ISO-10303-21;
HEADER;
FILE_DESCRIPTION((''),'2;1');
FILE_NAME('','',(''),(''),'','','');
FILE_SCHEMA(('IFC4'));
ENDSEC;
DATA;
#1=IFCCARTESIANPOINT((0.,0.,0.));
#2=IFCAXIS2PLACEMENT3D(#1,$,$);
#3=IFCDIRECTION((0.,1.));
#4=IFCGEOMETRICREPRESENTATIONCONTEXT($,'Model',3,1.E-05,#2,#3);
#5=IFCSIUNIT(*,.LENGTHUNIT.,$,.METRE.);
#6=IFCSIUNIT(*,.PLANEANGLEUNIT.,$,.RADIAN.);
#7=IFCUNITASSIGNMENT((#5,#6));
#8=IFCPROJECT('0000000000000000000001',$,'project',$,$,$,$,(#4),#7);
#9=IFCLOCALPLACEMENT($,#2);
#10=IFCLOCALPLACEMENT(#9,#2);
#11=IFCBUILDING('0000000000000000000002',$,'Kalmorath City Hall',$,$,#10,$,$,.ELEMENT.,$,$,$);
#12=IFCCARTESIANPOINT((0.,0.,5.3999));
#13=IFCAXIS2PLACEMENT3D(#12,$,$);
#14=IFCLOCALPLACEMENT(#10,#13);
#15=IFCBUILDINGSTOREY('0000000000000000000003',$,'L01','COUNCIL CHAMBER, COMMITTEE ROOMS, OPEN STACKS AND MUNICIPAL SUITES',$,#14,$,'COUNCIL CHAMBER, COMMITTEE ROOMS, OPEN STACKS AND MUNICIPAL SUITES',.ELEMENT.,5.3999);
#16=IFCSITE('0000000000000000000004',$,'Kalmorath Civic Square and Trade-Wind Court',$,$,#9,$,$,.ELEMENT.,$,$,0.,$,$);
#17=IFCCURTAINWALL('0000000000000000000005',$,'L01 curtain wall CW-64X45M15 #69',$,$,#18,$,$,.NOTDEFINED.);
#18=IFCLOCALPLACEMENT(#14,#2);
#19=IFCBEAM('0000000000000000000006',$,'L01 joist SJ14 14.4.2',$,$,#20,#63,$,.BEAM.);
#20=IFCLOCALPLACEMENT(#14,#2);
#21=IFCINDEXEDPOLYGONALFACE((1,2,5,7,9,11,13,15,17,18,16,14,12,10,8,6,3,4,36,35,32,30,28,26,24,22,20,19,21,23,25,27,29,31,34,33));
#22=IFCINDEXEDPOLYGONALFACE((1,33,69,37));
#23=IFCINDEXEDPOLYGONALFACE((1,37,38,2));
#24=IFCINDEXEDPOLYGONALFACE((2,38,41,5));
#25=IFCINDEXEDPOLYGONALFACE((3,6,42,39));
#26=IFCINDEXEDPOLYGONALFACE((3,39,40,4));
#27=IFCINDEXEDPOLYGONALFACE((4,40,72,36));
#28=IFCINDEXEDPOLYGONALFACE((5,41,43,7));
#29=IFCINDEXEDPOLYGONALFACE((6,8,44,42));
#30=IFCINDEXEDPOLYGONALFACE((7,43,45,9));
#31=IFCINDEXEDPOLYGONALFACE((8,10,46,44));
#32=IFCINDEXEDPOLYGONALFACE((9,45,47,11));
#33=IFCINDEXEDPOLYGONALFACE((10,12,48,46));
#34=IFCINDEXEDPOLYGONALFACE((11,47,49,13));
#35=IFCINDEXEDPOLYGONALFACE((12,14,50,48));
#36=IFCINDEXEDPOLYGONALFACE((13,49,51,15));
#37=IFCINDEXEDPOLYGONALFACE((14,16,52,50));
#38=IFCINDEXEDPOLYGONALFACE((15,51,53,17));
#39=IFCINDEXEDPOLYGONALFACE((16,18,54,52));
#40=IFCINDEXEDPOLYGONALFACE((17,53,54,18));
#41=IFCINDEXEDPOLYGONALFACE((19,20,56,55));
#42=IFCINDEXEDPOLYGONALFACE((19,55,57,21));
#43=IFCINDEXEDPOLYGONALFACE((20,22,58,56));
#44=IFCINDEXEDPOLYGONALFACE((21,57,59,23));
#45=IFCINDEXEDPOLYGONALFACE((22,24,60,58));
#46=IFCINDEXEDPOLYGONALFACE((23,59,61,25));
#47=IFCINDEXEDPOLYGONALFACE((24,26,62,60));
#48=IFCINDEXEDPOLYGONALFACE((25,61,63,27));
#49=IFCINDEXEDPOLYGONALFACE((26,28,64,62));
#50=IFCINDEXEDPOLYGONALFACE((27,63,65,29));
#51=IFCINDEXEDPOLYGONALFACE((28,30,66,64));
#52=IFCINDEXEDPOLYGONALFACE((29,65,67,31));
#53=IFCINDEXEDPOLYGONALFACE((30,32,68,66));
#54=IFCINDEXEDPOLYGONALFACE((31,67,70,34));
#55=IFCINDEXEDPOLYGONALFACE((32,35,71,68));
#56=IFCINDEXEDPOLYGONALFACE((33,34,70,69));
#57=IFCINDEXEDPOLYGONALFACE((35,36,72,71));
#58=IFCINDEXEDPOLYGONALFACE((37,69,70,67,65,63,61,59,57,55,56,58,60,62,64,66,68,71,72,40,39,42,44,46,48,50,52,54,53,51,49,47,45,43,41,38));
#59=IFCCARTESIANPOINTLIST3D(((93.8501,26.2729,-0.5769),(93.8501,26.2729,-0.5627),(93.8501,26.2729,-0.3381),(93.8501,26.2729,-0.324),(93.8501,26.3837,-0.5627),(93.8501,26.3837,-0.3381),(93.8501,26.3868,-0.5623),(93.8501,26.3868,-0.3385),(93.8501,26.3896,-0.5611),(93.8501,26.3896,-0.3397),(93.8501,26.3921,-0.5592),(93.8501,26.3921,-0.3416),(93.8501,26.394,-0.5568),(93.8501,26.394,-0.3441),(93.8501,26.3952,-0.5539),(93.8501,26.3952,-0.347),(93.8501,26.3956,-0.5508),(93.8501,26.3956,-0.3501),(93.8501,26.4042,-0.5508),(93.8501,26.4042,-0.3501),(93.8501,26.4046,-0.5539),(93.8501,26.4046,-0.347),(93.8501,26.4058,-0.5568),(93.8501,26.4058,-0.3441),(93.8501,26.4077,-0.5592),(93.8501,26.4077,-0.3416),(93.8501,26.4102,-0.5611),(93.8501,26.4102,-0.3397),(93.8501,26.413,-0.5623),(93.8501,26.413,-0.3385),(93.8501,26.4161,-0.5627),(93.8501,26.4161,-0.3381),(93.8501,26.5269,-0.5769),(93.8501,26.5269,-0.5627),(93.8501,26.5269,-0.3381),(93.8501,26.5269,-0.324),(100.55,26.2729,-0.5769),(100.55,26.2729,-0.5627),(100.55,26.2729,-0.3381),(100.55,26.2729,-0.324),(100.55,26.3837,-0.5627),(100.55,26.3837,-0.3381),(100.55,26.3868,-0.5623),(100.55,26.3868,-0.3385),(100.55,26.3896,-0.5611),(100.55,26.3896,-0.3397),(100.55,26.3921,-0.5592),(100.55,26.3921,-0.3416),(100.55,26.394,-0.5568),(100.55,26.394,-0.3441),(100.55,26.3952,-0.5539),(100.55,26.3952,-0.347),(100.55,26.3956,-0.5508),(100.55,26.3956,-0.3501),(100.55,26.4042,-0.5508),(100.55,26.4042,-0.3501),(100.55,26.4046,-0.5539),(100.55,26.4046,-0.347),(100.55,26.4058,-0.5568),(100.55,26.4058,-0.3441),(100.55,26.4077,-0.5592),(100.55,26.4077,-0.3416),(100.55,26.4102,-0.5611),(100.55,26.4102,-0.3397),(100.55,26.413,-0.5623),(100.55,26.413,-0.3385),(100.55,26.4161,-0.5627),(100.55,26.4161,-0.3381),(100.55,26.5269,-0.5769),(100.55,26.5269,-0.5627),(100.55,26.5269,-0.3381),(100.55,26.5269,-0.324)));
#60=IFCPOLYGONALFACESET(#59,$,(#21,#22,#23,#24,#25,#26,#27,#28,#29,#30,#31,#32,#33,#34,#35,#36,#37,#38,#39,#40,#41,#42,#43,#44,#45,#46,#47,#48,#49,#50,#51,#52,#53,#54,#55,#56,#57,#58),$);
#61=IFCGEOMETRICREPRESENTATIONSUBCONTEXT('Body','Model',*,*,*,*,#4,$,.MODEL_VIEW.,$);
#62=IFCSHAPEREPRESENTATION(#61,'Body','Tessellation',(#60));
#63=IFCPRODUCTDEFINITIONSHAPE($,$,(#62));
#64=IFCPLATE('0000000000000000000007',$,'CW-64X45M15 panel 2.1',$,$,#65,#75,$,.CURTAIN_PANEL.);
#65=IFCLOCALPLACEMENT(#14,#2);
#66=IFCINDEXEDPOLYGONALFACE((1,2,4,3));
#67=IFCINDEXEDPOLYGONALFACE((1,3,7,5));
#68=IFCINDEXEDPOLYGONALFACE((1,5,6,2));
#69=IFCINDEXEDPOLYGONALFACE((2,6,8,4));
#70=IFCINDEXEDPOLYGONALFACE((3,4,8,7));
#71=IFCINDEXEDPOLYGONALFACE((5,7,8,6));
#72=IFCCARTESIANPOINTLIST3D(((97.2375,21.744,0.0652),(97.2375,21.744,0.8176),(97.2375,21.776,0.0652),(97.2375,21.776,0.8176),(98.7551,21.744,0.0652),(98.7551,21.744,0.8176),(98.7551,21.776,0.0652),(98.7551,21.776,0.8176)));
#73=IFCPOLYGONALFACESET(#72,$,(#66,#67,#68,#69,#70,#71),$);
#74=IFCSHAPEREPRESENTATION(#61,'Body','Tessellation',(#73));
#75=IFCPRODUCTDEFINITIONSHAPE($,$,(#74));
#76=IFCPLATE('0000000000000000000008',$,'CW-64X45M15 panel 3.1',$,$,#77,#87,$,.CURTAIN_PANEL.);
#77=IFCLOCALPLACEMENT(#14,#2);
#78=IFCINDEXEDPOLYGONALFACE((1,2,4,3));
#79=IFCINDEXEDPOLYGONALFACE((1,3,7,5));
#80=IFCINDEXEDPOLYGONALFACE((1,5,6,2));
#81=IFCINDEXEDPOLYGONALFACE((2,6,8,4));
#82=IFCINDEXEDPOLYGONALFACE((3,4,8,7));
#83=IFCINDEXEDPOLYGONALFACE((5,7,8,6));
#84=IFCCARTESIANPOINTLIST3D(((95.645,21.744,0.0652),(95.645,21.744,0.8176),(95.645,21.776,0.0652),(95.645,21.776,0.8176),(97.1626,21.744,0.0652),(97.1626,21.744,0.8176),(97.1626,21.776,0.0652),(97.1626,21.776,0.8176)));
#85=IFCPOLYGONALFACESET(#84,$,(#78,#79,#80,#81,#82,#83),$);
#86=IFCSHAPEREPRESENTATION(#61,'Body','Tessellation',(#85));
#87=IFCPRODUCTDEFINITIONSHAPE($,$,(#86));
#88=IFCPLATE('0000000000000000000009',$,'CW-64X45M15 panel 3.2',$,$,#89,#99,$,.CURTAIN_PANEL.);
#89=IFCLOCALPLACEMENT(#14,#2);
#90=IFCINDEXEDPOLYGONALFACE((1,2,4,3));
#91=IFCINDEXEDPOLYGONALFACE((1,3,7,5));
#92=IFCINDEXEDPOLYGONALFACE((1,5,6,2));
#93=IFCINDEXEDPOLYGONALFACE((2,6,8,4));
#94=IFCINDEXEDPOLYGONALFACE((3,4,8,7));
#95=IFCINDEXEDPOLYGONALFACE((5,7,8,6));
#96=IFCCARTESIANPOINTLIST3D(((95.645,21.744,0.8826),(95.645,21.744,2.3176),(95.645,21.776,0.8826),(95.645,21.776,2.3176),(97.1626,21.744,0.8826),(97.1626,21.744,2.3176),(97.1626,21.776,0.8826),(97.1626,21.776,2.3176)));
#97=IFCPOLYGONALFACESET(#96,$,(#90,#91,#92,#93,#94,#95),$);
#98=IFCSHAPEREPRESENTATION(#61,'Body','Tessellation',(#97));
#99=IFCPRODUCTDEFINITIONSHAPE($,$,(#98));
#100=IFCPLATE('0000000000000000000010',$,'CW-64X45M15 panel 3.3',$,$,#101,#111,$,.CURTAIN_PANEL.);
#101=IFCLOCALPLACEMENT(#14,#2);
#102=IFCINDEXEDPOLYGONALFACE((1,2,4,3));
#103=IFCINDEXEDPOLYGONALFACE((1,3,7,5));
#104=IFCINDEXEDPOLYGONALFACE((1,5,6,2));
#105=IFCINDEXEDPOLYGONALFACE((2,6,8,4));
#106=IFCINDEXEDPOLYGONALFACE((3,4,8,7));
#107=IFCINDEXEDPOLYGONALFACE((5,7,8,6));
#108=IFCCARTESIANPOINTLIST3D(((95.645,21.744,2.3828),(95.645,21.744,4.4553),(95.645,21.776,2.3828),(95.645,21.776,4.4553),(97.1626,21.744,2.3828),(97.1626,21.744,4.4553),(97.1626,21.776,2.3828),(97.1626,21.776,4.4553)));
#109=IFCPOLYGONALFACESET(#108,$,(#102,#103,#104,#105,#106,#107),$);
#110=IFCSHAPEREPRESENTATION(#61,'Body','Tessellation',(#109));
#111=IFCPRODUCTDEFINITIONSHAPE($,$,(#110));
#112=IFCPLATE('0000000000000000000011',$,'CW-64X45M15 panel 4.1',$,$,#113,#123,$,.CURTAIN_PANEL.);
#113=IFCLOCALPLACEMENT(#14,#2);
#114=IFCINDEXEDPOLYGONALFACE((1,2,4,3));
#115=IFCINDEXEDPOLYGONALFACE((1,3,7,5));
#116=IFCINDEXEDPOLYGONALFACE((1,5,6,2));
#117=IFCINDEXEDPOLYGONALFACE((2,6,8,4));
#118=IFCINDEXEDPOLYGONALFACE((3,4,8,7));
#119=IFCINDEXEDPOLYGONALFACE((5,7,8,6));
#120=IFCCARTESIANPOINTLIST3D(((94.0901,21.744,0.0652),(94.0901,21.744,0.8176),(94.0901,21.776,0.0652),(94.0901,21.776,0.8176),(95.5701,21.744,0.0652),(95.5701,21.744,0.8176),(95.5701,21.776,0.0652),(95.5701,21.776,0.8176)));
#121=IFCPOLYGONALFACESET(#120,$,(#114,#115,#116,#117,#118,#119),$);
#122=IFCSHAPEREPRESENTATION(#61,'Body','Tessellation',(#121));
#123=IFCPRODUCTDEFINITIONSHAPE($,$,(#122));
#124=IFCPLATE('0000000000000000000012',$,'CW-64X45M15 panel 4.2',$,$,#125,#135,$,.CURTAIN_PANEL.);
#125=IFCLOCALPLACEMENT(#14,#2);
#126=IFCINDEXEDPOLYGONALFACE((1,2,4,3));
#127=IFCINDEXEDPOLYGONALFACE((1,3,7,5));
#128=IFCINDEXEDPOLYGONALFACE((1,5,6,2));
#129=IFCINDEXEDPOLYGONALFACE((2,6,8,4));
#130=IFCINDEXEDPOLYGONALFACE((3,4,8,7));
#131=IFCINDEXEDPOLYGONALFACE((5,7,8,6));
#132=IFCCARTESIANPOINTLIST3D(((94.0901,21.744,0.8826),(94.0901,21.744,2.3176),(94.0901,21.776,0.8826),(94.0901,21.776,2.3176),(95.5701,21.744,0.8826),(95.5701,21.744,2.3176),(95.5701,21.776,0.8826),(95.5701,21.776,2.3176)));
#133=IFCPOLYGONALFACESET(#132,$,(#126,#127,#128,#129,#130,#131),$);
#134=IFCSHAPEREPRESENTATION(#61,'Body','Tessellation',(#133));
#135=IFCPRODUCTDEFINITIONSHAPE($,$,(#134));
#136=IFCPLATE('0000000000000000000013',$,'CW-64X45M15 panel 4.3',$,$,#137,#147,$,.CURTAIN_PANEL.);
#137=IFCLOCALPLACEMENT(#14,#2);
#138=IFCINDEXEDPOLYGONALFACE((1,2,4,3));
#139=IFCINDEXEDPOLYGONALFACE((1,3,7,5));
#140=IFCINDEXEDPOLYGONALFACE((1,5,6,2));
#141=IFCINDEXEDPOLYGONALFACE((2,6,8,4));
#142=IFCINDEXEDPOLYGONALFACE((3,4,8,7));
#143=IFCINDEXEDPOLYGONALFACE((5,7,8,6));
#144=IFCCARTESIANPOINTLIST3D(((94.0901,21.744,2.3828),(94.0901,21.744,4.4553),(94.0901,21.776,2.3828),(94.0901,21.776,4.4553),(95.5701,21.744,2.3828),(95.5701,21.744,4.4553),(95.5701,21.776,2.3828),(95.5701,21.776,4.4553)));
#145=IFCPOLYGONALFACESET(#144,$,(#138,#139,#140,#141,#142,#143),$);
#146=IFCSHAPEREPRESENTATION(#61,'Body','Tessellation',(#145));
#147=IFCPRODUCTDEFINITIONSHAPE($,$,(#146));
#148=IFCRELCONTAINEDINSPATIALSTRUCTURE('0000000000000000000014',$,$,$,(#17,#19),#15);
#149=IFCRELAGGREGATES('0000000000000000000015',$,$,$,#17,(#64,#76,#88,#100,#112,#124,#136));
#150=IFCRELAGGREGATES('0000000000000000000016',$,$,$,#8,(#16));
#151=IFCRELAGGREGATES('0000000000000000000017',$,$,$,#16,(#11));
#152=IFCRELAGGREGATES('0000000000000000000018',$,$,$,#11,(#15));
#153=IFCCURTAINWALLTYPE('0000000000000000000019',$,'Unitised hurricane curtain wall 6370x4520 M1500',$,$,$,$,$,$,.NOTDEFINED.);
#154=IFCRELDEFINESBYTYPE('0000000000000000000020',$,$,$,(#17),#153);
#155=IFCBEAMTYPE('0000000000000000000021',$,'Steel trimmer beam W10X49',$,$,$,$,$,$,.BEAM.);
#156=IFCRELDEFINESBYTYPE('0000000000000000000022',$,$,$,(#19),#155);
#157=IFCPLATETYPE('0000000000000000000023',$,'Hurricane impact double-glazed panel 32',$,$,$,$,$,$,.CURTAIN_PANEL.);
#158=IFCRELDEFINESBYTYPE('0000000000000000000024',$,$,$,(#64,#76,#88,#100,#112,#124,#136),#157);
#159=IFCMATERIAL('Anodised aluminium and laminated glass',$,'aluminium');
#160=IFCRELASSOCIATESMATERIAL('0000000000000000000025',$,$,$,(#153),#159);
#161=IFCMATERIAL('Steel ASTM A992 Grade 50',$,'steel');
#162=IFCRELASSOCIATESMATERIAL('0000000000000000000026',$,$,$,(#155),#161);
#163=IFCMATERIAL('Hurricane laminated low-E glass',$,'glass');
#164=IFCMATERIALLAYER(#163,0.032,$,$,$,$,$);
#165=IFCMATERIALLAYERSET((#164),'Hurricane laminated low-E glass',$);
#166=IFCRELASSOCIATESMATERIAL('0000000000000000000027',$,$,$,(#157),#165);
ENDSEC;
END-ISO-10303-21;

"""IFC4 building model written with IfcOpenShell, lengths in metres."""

from ifc_helpers import new_model, si_unit, direction, frame, origin, origin_2d, place, context, subcontext, project, spatial, rectangle, i_section, extrude, material, layer, layer_set, material_profile, profile_set, type_object, element, aggregate, save


model = new_model("IFC4")

# Units and contexts
model_context = context("Model", 3, precision=1e-05, world=origin(), true_north=direction((0.0, 1.0)))
body_context = subcontext(model_context, "Body", "Model", "MODEL_VIEW")
ifc_project = project(units=[si_unit("LENGTHUNIT", "METRE"), si_unit("PLANEANGLEUNIT", "RADIAN")], contexts=[model_context])

# Site, building, storey
site_placement = place(None, origin())
site = spatial("IfcSite", under=ifc_project, at=site_placement, Name="Kalmorath Civic Square and Trade-Wind Court", CompositionType="ELEMENT", RefElevation=0.0)
building_placement = place(site_placement, origin())
building = spatial("IfcBuilding", under=site, at=building_placement, Name="Kalmorath City Hall", CompositionType="ELEMENT")
storey_placement = place(building_placement, frame((0.0, 0.0, 5.3999)))
storey = spatial("IfcBuildingStorey", under=building, at=storey_placement, Name="L01", Description="COUNCIL CHAMBER, COMMITTEE ROOMS, OPEN STACKS AND MUNICIPAL SUITES", LongName="COUNCIL CHAMBER, COMMITTEE ROOMS, OPEN STACKS AND MUNICIPAL SUITES", CompositionType="ELEMENT", Elevation=5.3999)

# Curtain wall
ifc_material_1 = material(Name="Anodised aluminium and laminated glass", Category="aluminium")
curtain_wall_type_1 = type_object("IfcCurtainWallType", Name="Unitised hurricane curtain wall 6370x4520 M1500", PredefinedType="NOTDEFINED", material=ifc_material_1)
curtain_wall_1_placement = place(storey_placement, origin())
curtain_wall_1 = element("IfcCurtainWall", 1, at=curtain_wall_1_placement, inside=storey, type_object=curtain_wall_type_1, Name="L01 curtain wall CW-64X45M15 #69", PredefinedType="NOTDEFINED")

# Beam
ifc_material_2 = material(Name="Steel ASTM A992 Grade 50", Category="steel")
ifc_material_profile_1 = material_profile(ifc_material_2, i_section(OverallWidth=0.2539, OverallDepth=0.2529, WebThickness=0.0085, FlangeThickness=0.0142, FilletRadius=0.012, at=origin_2d()), Name="W10X49")
ifc_profile_set_1 = profile_set([ifc_material_profile_1], Name="Steel ASTM A992 Grade 50")
beam_type_1 = type_object("IfcBeamType", Name="Steel trimmer beam W10X49", PredefinedType="BEAM", material=ifc_profile_set_1)
for number, where, z_axis, x_axis, name in (
    (2, (93.8501, 26.3999, -0.4504), (1.0, 0.0, 0.0), (0.0, 1.0, 0.0), "L01 joist SJ14 14.4.2"),
):
    element("IfcBeam", number, at=place(storey_placement, frame(where, z_axis=z_axis, x_axis=x_axis)), inside=storey, type_object=beam_type_1, Name=name, PredefinedType="BEAM", context=body_context, shape_type="SweptSolid", body=[
        extrude(i_section(OverallWidth=0.2539, OverallDepth=0.2529, WebThickness=0.0085, FlangeThickness=0.0142, FilletRadius=0.012, at=origin_2d()), origin(), (0.0, 0.0, 1.0), 6.7),
    ])

# Plates
ifc_material_3 = material(Name="Hurricane laminated low-E glass", Category="glass")
ifc_layer = layer(ifc_material_3, 0.032)
ifc_layer_set = layer_set([ifc_layer], Name="Hurricane laminated low-E glass")
plate_type = type_object("IfcPlateType", Name="Hurricane impact double-glazed panel 32", PredefinedType="CURTAIN_PANEL", material=ifc_layer_set)
plate_1_placement = place(storey_placement, frame((97.9963, 21.76, 0.0652), z_axis=(0.0, 0.0, 1.0), x_axis=(-1.0, 0.0, 0.0)))
plate_1 = element("IfcPlate", 3, at=plate_1_placement, type_object=plate_type, Name="CW-64X45M15 panel 2.1", PredefinedType="CURTAIN_PANEL", context=body_context, shape_type="SweptSolid", body=[
    extrude(rectangle(XDim=1.5176, YDim=0.032, at=origin_2d()), origin(), (0.0, 0.0, 1.0), 0.7524),
])
plate_2_placement = place(storey_placement, frame((96.4038, 21.76, 0.0652), z_axis=(0.0, 0.0, 1.0), x_axis=(-1.0, 0.0, 0.0)))
plate_2 = element("IfcPlate", 4, at=plate_2_placement, type_object=plate_type, Name="CW-64X45M15 panel 3.1", PredefinedType="CURTAIN_PANEL", context=body_context, shape_type="SweptSolid", body=[
    extrude(rectangle(XDim=1.5176, YDim=0.032, at=origin_2d()), origin(), (0.0, 0.0, 1.0), 0.7524),
])
plate_3_placement = place(storey_placement, frame((96.4038, 21.76, 0.8826), z_axis=(0.0, 0.0, 1.0), x_axis=(-1.0, 0.0, 0.0)))
plate_3 = element("IfcPlate", 5, at=plate_3_placement, type_object=plate_type, Name="CW-64X45M15 panel 3.2", PredefinedType="CURTAIN_PANEL", context=body_context, shape_type="SweptSolid", body=[
    extrude(rectangle(XDim=1.5176, YDim=0.032, at=origin_2d()), origin(), (0.0, 0.0, 1.0), 1.4351),
])
plate_4_placement = place(storey_placement, frame((96.4038, 21.76, 2.3828), z_axis=(0.0, 0.0, 1.0), x_axis=(-1.0, 0.0, 0.0)))
plate_4 = element("IfcPlate", 6, at=plate_4_placement, type_object=plate_type, Name="CW-64X45M15 panel 3.3", PredefinedType="CURTAIN_PANEL", context=body_context, shape_type="SweptSolid", body=[
    extrude(rectangle(XDim=1.5176, YDim=0.032, at=origin_2d()), origin(), (0.0, 0.0, 1.0), 2.0725),
])
plate_5_placement = place(storey_placement, frame((94.8301, 21.76, 0.0652), z_axis=(0.0, 0.0, 1.0), x_axis=(-1.0, 0.0, 0.0)))
plate_5 = element("IfcPlate", 7, at=plate_5_placement, type_object=plate_type, Name="CW-64X45M15 panel 4.1", PredefinedType="CURTAIN_PANEL", context=body_context, shape_type="SweptSolid", body=[
    extrude(rectangle(XDim=1.48, YDim=0.032, at=origin_2d()), origin(), (0.0, 0.0, 1.0), 0.7524),
])
plate_6_placement = place(storey_placement, frame((94.8301, 21.76, 0.8826), z_axis=(0.0, 0.0, 1.0), x_axis=(-1.0, 0.0, 0.0)))
plate_6 = element("IfcPlate", 8, at=plate_6_placement, type_object=plate_type, Name="CW-64X45M15 panel 4.2", PredefinedType="CURTAIN_PANEL", context=body_context, shape_type="SweptSolid", body=[
    extrude(rectangle(XDim=1.48, YDim=0.032, at=origin_2d()), origin(), (0.0, 0.0, 1.0), 1.4351),
])
plate_7_placement = place(storey_placement, frame((94.8301, 21.76, 2.3828), z_axis=(0.0, 0.0, 1.0), x_axis=(-1.0, 0.0, 0.0)))
plate_7 = element("IfcPlate", 9, at=plate_7_placement, type_object=plate_type, Name="CW-64X45M15 panel 4.3", PredefinedType="CURTAIN_PANEL", context=body_context, shape_type="SweptSolid", body=[
    extrude(rectangle(XDim=1.48, YDim=0.032, at=origin_2d()), origin(), (0.0, 0.0, 1.0), 2.0725),
])
aggregate(curtain_wall_1, [plate_1, plate_2, plate_3, plate_4, plate_5, plate_6, plate_7])

save(model, "model.ifc")
